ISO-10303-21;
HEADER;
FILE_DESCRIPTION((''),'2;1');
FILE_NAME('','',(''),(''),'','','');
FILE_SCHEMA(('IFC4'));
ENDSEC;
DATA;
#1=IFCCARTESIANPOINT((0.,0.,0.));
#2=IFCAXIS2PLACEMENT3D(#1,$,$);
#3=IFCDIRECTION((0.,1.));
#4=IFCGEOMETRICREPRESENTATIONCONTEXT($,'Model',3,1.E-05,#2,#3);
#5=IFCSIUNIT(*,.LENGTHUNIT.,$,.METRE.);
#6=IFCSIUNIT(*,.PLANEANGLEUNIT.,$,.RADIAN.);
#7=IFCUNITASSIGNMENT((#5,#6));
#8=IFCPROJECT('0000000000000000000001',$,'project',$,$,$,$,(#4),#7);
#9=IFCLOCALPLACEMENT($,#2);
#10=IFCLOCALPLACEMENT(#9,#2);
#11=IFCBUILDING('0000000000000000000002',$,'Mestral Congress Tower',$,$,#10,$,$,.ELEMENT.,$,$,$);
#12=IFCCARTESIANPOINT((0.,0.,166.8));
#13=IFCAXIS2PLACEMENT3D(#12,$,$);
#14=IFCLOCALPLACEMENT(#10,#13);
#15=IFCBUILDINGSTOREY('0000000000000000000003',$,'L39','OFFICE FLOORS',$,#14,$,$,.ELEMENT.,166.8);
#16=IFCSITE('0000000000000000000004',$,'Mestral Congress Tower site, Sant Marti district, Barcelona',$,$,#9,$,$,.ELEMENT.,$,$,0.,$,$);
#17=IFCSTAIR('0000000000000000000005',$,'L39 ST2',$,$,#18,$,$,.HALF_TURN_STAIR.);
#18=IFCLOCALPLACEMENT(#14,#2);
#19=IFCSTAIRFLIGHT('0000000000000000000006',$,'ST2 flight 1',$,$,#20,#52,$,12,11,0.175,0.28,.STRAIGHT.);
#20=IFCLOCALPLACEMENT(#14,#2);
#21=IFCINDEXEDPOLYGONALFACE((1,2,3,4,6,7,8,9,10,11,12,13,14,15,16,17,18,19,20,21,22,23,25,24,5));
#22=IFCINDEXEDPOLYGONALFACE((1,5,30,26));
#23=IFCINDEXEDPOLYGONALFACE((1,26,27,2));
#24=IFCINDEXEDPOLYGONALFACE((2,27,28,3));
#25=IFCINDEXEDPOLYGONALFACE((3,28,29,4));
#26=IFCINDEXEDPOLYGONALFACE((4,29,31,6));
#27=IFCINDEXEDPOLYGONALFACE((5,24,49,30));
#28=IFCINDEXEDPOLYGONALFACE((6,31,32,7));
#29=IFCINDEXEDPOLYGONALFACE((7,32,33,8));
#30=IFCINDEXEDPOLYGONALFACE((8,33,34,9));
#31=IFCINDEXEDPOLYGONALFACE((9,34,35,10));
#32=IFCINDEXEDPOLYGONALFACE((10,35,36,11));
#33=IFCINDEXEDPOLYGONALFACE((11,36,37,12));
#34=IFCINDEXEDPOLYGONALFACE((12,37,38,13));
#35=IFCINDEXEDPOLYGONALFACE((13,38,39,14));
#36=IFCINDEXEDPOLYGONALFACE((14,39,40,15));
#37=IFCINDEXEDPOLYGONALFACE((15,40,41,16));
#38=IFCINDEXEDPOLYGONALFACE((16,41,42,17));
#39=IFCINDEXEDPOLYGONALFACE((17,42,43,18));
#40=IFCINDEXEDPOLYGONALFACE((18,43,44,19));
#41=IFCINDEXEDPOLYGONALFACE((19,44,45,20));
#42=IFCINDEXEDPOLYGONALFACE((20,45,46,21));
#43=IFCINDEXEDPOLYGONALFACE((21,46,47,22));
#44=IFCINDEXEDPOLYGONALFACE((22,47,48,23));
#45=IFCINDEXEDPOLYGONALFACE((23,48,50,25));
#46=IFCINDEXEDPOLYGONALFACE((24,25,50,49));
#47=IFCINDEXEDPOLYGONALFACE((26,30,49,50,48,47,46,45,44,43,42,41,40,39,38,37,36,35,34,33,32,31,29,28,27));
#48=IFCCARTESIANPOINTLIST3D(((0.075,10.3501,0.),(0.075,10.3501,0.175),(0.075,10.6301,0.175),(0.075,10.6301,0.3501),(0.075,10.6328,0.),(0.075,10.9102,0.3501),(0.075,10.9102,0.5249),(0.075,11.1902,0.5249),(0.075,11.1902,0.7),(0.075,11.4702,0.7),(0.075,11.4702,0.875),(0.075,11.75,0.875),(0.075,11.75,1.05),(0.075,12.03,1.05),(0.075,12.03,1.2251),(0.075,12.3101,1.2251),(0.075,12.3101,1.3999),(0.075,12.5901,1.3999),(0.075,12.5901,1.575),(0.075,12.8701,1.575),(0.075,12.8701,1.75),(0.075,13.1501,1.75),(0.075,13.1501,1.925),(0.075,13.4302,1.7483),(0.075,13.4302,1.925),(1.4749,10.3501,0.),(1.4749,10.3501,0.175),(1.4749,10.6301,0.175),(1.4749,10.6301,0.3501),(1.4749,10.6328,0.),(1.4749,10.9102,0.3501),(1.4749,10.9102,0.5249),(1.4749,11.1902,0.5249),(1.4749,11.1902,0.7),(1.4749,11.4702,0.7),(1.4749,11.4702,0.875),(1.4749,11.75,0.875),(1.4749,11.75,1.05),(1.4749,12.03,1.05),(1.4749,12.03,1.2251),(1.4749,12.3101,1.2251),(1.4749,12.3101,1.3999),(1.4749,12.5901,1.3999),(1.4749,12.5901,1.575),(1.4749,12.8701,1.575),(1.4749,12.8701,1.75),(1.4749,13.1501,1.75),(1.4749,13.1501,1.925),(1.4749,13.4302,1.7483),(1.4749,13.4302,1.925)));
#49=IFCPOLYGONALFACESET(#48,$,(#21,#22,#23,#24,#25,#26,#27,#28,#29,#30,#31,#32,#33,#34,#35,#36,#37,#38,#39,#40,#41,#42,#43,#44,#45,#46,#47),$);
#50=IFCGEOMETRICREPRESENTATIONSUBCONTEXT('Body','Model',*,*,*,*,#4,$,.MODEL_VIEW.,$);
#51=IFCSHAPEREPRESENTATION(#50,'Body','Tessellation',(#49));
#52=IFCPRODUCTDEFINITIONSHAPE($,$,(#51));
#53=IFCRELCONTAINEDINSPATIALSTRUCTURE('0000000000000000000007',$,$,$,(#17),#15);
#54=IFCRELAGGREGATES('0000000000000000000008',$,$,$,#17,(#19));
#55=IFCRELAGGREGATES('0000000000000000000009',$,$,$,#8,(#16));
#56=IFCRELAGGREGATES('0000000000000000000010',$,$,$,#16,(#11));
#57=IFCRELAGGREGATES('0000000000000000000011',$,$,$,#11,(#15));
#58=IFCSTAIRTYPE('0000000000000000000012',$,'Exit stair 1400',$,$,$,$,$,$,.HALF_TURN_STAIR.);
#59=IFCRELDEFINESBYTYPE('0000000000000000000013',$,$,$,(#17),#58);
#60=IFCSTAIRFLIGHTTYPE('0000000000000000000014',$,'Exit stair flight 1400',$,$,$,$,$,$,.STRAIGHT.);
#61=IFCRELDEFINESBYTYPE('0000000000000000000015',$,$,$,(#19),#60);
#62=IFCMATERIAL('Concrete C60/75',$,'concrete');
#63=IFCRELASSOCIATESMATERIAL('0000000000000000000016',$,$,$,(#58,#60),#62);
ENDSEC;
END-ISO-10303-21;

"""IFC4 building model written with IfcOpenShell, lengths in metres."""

from ifc_helpers import new_model, si_unit, direction, frame, origin, place, context, subcontext, project, spatial, polyline, outline, extrude, material, type_object, element, aggregate, save


model = new_model("IFC4")

# Units and contexts
model_context = context("Model", 3, precision=1e-05, world=origin(), true_north=direction((0.0, 1.0)))
body_context = subcontext(model_context, "Body", "Model", "MODEL_VIEW")
ifc_project = project(units=[si_unit("LENGTHUNIT", "METRE"), si_unit("PLANEANGLEUNIT", "RADIAN")], contexts=[model_context])

# Site, building, storey
site_placement = place(None, origin())
site = spatial("IfcSite", under=ifc_project, at=site_placement, Name="Mestral Congress Tower site, Sant Marti district, Barcelona", CompositionType="ELEMENT", RefElevation=0.0)
building_placement = place(site_placement, origin())
building = spatial("IfcBuilding", under=site, at=building_placement, Name="Mestral Congress Tower", CompositionType="ELEMENT")
storey_placement = place(building_placement, frame((0.0, 0.0, 166.8)))
storey = spatial("IfcBuildingStorey", under=building, at=storey_placement, Name="L39", Description="OFFICE FLOORS", CompositionType="ELEMENT", Elevation=166.8)

# Shared definitions
ifc_material_1 = material(Name="Concrete C60/75", Category="concrete")

# Stair, stair flight
stair_type = type_object("IfcStairType", Name="Exit stair 1400", PredefinedType="HALF_TURN_STAIR", material=ifc_material_1)
stair_placement = place(storey_placement, origin())
stair = element("IfcStair", 1, at=stair_placement, inside=storey, type_object=stair_type, Name="L39 ST2", PredefinedType="HALF_TURN_STAIR")
stair_flight_type = type_object("IfcStairFlightType", Name="Exit stair flight 1400", PredefinedType="STRAIGHT", material=ifc_material_1)
stair_flight_placement = place(storey_placement, frame((0.7749, 10.3501, 0.0), z_axis=(0.0, 0.0, 1.0), x_axis=(0.0, 1.0, 0.0)))
stair_flight = element("IfcStairFlight", 2, at=stair_flight_placement, type_object=stair_flight_type, Name="ST2 flight 1", NumberOfRisers=12, NumberOfTreads=11, PredefinedType="STRAIGHT", RiserHeight=0.175, TreadLength=0.28, context=body_context, shape_type="SweptSolid", body=[
    extrude(outline(polyline([(0.0, 0.0), (0.0, 0.175), (0.28, 0.175), (0.28, 0.3501), (0.5601, 0.3501), (0.5601, 0.5249), (0.8401, 0.5249), (0.8401, 0.7), (1.1201, 0.7), (1.1201, 0.875), (1.3999, 0.875), (1.3999, 1.05), (1.6799, 1.05), (1.6799, 1.2251), (1.96, 1.2251), (1.96, 1.3999), (2.24, 1.3999), (2.24, 1.575), (2.52, 1.575), (2.52, 1.75), (2.8, 1.75), (2.8, 1.925), (3.0801, 1.925), (3.0801, 2.1001), (3.0801, 1.7483), (0.2827, 0.0), (0.0, 0.0)])), frame((0.0, 0.7, 0.0), z_axis=(0.0, -1.0, 0.0), x_axis=(1.0, 0.0, 0.0)), (0.0, 0.0, 1.0), 1.3999),
])
aggregate(stair, [stair_flight])

save(model, "model.ifc")
